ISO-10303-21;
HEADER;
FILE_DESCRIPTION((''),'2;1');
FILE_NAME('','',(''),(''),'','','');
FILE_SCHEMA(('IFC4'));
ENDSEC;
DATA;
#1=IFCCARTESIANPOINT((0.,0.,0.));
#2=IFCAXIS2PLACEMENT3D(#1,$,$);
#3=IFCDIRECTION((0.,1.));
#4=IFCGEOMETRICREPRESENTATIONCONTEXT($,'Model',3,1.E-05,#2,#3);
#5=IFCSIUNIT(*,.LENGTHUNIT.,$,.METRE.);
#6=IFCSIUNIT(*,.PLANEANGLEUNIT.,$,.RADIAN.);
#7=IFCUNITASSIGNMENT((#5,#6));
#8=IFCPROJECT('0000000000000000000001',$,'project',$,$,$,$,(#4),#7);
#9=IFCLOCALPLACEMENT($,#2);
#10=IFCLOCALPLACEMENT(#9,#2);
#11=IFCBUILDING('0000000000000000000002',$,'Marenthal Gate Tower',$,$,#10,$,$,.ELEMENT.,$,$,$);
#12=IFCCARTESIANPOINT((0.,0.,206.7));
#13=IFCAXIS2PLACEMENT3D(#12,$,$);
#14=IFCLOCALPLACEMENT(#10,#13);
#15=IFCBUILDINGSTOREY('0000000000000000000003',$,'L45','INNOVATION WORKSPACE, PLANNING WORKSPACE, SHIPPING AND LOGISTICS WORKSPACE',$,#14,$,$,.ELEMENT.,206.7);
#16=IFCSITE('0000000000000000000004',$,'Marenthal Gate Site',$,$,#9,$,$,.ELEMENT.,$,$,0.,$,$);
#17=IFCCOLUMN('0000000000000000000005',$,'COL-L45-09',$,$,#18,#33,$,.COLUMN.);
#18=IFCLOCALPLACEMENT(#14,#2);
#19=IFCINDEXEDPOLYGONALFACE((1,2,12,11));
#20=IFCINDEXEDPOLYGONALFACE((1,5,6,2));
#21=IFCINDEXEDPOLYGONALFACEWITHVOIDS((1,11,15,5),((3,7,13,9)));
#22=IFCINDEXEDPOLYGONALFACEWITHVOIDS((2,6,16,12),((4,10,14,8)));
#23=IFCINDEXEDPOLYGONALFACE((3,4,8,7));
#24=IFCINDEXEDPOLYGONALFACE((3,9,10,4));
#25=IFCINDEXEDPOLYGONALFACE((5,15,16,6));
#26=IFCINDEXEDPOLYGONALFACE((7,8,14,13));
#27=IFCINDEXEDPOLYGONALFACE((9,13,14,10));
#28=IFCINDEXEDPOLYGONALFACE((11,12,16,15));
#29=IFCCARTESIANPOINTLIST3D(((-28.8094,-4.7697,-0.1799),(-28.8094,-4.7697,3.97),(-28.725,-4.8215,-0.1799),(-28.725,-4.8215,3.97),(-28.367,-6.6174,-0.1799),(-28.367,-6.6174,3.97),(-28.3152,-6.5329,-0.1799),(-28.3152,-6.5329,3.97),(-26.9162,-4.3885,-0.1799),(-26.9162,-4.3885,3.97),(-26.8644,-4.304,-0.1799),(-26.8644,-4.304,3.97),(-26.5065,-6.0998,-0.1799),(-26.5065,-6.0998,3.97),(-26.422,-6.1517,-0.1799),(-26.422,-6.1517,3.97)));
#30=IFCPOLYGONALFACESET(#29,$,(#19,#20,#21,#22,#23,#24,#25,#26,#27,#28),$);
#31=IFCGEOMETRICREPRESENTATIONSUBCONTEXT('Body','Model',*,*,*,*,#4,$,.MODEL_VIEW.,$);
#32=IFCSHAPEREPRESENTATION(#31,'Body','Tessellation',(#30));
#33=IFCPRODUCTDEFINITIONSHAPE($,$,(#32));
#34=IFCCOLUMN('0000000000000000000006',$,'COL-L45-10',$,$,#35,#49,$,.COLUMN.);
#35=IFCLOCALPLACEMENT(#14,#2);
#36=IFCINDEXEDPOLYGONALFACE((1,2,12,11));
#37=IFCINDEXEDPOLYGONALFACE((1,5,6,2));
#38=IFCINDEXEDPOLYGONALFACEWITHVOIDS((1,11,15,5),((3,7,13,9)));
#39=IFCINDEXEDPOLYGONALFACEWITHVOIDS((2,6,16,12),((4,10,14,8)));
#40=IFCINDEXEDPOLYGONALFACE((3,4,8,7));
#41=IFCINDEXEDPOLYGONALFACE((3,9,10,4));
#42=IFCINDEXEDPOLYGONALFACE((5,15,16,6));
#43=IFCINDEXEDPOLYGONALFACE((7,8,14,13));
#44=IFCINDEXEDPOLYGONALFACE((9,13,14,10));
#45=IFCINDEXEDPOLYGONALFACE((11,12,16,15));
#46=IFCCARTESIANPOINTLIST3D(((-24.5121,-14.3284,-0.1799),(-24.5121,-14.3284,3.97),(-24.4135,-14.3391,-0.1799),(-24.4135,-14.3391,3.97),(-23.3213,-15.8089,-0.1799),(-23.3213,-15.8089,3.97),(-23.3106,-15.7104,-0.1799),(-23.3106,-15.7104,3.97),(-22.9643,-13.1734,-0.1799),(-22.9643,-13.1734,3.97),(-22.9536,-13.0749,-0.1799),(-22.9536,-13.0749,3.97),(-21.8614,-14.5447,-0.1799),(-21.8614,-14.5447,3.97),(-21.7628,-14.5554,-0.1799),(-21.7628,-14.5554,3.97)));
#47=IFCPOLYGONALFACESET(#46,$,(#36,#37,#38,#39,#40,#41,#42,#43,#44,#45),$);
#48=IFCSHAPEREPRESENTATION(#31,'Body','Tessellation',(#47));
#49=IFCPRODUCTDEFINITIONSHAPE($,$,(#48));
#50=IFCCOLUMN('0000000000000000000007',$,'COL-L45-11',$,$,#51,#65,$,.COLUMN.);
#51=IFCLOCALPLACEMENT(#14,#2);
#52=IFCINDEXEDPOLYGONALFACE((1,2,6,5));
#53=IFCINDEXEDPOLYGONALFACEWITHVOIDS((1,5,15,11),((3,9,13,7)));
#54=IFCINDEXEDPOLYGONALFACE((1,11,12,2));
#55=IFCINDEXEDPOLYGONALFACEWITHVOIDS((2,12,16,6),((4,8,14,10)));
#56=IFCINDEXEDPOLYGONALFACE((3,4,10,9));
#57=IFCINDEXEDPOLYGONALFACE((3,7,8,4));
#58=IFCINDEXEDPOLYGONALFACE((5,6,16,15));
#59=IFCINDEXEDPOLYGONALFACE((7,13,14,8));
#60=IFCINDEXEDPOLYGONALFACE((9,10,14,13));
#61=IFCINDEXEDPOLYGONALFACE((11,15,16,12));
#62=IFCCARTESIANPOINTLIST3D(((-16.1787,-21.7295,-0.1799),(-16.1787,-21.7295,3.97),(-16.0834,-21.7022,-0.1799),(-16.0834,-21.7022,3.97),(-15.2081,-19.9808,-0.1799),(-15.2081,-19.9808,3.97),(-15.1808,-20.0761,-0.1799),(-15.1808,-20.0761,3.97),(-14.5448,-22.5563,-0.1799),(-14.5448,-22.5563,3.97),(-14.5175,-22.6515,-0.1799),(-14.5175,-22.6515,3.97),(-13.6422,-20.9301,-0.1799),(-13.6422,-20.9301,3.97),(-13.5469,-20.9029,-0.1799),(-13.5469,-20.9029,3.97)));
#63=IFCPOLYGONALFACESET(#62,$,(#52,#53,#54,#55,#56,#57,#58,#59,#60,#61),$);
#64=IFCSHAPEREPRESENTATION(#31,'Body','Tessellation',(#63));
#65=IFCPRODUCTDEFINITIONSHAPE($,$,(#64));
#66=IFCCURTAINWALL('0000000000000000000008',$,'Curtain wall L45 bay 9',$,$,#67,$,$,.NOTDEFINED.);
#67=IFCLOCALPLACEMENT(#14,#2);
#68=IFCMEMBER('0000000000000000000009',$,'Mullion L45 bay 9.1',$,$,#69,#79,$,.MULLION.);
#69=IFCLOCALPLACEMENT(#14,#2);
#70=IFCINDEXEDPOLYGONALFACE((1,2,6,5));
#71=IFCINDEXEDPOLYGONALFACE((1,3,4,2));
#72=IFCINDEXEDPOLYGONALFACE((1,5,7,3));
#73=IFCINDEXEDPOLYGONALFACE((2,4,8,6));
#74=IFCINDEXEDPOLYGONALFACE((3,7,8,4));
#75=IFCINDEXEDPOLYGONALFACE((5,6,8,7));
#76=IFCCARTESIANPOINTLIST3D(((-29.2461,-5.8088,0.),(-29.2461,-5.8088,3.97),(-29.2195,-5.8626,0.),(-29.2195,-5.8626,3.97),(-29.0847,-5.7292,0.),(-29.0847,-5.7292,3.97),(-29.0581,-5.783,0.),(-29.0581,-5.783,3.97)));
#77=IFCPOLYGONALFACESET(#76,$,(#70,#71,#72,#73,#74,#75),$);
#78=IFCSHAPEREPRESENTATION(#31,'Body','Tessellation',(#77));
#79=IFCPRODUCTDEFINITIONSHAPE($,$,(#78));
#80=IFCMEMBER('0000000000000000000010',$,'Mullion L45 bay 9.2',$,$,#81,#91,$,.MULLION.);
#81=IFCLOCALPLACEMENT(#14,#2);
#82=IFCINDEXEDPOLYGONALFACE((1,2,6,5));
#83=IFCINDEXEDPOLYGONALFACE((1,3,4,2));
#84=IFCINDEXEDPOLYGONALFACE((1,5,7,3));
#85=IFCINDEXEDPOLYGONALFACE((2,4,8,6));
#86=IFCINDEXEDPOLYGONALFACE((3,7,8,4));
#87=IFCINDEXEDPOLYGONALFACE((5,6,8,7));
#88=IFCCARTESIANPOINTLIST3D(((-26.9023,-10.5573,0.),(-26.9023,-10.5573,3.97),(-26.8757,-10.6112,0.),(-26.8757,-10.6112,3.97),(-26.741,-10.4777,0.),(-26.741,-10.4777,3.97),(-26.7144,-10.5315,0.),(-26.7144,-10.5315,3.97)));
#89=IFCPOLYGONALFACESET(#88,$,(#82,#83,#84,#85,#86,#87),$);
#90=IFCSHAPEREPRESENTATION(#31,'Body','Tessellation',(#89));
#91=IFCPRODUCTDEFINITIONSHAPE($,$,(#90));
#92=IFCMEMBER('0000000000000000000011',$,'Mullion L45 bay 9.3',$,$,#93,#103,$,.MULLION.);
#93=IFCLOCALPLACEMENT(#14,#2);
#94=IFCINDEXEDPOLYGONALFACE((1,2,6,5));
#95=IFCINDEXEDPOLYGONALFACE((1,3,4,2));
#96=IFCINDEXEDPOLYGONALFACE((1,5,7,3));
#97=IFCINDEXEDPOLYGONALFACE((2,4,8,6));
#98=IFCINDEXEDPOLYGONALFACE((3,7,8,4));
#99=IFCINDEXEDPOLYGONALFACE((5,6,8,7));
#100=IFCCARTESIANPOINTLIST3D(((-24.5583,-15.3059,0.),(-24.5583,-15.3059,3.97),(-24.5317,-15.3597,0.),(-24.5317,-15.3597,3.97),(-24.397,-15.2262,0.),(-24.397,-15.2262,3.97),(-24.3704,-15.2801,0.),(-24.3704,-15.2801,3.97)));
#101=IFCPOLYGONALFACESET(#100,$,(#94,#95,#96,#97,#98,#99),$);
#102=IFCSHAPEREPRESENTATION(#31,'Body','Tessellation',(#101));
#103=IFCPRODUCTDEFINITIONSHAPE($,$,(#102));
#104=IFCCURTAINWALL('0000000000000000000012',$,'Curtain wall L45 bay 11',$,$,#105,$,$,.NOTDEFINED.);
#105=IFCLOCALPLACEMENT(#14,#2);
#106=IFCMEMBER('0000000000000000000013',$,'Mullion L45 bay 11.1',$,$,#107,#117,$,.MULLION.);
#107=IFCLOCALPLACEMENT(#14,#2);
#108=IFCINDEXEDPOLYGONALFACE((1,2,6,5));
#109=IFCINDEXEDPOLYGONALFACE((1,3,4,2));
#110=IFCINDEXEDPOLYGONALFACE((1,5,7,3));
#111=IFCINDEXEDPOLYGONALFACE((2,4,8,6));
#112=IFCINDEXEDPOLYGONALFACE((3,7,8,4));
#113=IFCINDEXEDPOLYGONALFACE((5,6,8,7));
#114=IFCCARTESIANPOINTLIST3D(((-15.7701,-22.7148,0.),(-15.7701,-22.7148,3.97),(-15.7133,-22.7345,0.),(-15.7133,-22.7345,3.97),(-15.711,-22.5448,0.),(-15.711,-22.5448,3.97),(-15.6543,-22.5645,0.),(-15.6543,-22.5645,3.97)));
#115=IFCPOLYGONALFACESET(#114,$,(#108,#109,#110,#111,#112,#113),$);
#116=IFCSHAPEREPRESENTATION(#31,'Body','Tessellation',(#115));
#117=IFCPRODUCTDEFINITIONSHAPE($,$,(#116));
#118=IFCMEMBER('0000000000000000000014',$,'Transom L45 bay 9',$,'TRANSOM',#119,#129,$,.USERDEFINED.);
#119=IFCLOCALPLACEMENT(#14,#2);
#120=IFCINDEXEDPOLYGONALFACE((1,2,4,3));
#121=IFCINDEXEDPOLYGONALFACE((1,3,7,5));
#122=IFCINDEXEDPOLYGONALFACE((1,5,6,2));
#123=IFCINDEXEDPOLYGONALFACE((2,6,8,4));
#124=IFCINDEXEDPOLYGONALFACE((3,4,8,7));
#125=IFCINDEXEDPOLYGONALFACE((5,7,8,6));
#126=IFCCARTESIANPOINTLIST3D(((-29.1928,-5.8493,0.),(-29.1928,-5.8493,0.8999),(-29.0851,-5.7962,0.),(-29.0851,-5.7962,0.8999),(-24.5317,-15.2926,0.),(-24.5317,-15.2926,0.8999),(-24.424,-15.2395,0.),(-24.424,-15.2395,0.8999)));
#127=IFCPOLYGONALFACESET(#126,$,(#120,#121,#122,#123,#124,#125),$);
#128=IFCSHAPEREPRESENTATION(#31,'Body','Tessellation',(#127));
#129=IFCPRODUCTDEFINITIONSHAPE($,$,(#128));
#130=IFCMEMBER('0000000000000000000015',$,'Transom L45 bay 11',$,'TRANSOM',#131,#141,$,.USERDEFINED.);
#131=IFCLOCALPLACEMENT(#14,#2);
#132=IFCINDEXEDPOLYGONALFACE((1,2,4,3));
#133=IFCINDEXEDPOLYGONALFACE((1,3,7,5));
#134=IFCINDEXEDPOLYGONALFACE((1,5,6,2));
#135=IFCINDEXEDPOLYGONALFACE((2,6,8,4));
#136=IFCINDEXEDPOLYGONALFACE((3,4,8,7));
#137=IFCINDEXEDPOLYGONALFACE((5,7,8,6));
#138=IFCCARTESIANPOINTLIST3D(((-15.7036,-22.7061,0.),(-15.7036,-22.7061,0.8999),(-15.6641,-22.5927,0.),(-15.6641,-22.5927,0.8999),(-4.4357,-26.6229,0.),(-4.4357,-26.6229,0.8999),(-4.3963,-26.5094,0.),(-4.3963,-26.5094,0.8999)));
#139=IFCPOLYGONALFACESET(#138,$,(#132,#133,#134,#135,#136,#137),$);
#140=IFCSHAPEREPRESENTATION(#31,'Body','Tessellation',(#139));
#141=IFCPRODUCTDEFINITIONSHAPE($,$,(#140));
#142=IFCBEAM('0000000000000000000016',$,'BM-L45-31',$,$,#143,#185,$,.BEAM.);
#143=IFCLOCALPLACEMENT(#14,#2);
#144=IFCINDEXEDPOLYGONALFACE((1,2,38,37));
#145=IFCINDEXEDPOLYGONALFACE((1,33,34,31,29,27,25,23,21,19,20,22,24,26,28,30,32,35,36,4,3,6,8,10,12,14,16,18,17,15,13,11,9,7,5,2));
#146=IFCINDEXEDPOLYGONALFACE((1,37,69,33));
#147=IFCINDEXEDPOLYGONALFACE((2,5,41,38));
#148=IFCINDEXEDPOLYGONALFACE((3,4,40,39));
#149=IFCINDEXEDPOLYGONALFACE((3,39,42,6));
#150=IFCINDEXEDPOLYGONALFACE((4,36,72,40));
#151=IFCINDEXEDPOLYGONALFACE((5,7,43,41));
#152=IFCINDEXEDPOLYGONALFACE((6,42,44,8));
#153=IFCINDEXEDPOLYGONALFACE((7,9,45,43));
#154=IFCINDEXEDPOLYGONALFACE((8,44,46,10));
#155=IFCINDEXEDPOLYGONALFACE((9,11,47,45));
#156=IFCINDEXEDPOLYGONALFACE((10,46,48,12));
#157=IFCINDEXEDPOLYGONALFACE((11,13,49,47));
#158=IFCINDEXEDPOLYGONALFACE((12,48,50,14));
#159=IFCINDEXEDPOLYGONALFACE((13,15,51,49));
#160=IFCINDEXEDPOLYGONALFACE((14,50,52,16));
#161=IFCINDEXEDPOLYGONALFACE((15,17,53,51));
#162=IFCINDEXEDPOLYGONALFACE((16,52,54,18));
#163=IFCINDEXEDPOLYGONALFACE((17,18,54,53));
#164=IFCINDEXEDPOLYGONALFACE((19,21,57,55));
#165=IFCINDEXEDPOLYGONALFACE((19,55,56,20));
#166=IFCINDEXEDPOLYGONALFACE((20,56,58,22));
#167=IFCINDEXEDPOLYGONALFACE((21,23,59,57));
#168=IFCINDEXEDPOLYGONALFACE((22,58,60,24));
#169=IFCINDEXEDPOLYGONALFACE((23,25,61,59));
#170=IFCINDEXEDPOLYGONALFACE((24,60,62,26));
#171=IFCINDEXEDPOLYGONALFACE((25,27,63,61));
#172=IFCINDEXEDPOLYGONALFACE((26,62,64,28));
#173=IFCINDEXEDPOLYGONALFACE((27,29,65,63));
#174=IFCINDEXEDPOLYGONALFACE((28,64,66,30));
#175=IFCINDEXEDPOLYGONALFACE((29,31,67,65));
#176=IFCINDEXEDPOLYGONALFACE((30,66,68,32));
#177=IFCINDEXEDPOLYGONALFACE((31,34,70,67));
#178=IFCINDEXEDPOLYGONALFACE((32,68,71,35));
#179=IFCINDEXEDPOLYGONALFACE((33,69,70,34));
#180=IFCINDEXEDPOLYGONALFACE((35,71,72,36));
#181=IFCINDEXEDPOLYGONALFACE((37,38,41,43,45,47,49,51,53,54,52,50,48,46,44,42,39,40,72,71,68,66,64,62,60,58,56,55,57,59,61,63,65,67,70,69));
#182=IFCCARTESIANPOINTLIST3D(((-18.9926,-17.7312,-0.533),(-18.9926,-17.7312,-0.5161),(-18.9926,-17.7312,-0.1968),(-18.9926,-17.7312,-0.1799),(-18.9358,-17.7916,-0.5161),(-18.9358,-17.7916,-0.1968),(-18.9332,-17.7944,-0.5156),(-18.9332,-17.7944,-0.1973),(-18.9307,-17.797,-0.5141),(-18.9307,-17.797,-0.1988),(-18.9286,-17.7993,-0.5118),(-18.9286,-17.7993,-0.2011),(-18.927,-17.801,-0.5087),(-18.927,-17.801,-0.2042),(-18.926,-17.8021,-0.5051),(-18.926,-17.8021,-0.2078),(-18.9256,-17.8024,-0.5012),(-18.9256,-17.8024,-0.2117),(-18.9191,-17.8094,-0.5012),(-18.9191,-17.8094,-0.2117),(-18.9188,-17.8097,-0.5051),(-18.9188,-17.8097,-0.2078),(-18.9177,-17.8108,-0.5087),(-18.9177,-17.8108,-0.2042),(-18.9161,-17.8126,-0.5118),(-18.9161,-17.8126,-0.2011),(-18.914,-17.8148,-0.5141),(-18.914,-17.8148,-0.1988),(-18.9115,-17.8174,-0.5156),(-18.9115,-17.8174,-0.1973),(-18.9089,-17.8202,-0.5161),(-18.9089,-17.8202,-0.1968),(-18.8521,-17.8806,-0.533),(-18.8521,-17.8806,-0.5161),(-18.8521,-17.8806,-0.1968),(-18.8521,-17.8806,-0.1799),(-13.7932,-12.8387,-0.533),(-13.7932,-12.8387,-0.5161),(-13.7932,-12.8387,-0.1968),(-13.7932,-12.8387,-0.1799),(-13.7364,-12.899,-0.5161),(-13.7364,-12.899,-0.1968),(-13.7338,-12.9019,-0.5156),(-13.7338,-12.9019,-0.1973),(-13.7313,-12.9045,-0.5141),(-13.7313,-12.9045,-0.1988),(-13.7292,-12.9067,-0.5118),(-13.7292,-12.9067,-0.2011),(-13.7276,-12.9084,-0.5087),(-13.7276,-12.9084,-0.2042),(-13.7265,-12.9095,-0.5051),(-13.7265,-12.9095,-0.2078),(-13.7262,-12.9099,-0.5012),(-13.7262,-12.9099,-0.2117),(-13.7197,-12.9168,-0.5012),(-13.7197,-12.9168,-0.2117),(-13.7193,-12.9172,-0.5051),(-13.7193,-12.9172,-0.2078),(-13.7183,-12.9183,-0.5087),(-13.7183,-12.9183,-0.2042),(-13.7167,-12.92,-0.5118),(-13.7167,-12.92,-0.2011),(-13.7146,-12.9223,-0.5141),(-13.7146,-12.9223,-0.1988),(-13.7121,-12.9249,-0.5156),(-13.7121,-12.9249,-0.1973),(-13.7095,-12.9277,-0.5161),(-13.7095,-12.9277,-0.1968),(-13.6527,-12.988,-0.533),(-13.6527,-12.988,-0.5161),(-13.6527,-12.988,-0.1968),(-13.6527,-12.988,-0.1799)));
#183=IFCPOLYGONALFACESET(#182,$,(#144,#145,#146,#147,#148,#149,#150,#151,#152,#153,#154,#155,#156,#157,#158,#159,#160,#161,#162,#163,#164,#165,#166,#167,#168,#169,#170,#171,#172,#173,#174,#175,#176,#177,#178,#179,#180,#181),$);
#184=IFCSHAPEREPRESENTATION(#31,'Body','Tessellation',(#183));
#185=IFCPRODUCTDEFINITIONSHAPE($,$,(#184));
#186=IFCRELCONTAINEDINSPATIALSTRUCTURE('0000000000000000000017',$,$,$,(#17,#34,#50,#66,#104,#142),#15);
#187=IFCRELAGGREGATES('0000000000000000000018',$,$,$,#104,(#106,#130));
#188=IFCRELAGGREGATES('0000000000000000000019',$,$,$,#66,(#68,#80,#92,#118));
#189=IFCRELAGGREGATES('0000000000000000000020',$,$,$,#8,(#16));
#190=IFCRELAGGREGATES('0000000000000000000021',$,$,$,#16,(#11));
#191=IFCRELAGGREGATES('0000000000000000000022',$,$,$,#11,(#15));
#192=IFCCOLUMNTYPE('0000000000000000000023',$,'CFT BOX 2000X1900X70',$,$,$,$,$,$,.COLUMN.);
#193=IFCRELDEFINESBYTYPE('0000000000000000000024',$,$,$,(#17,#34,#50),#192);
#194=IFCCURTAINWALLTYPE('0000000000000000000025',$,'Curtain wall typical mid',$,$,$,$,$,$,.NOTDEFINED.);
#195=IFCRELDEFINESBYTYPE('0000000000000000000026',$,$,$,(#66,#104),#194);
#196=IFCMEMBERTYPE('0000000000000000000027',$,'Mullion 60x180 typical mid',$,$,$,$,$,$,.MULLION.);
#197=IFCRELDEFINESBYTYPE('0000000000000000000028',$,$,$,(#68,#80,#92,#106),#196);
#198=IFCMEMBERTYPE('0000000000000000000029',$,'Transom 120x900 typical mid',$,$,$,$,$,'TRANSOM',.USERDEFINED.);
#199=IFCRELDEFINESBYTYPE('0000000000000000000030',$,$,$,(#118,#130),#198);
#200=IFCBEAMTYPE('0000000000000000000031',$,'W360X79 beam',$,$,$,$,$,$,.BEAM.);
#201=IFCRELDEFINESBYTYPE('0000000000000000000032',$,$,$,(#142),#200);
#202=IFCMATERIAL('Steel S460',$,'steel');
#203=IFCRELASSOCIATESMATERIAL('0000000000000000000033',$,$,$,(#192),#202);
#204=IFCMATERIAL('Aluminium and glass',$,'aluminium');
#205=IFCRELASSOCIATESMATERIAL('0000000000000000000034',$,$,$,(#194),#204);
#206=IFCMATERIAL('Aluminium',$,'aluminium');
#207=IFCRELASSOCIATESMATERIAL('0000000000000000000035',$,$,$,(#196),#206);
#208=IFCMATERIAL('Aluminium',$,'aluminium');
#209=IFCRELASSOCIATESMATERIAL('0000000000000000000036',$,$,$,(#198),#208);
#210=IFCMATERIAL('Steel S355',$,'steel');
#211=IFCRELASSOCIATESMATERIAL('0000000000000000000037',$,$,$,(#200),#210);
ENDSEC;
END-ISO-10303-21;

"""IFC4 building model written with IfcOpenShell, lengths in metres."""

from ifc_helpers import new_model, si_unit, direction, frame, origin, origin_2d, place, context, subcontext, project, spatial, rectangle, hollow_rectangle, i_section, extrude, material, material_profile, profile_set, type_object, element, aggregate, save


model = new_model("IFC4")

# Units and contexts
model_context = context("Model", 3, precision=1e-05, world=origin(), true_north=direction((0.0, 1.0)))
body_context = subcontext(model_context, "Body", "Model", "MODEL_VIEW")
ifc_project = project(units=[si_unit("LENGTHUNIT", "METRE"), si_unit("PLANEANGLEUNIT", "RADIAN")], contexts=[model_context])

# Site, building, storey
site_placement = place(None, origin())
site = spatial("IfcSite", under=ifc_project, at=site_placement, Name="Marenthal Gate Site", CompositionType="ELEMENT", RefElevation=0.0)
building_placement = place(site_placement, origin())
building = spatial("IfcBuilding", under=site, at=building_placement, Name="Marenthal Gate Tower", CompositionType="ELEMENT")
storey_placement = place(building_placement, frame((0.0, 0.0, 206.7)))
storey = spatial("IfcBuildingStorey", under=building, at=storey_placement, Name="L45", Description="INNOVATION WORKSPACE, PLANNING WORKSPACE, SHIPPING AND LOGISTICS WORKSPACE", CompositionType="ELEMENT", Elevation=206.7)

# Columns
ifc_material_1 = material(Name="Steel S460", Category="steel")
ifc_material_profile_1 = material_profile(ifc_material_1, hollow_rectangle(XDim=1.8999, YDim=2.0, WallThickness=0.0701, at=origin_2d()), Name="CFT BOX 2000X1900X70")
ifc_material_2 = material(Name="Concrete 70 MPa", Category="concrete")
ifc_material_profile_2 = material_profile(ifc_material_2, rectangle(XDim=1.76, YDim=1.8601, at=origin_2d()), Name="CFT BOX 2000X1900X70 INFILL")
ifc_profile_set_1 = profile_set([ifc_material_profile_1, ifc_material_profile_2], Name="Steel S460 shell, Concrete 70 MPa infill")
column_type = type_object("IfcColumnType", Name="CFT BOX 2000X1900X70", PredefinedType="COLUMN", material=ifc_profile_set_1)
for number, where, z_axis, x_axis, name in (
    (1, (-27.6157, -5.4607, -0.1799), (0.0, 0.0, 1.0), (-0.232863, 0.972509, 0.0), "COL-L45-09"),
    (2, (-23.1375, -14.4419, -0.1799), (0.0, 0.0, 1.0), (-0.626752, 0.779219, 0.0), "COL-L45-10"),
    (3, (-14.8628, -21.3162, -0.1799), (0.0, 0.0, 1.0), (-0.874337, 0.485319, 0.0), "COL-L45-11"),
):
    element("IfcColumn", number, at=place(storey_placement, frame(where, z_axis=z_axis, x_axis=x_axis)), inside=storey, type_object=column_type, Name=name, PredefinedType="COLUMN", context=body_context, shape_type="SweptSolid", body=[
        extrude(hollow_rectangle(XDim=1.8999, YDim=2.0, WallThickness=0.0701, at=origin_2d()), origin(), (0.0, 0.0, 1.0), 4.1499),
    ])

# Curtain wall, members
ifc_material_3 = material(Name="Aluminium and glass", Category="aluminium")
curtain_wall_type = type_object("IfcCurtainWallType", Name="Curtain wall typical mid", PredefinedType="NOTDEFINED", material=ifc_material_3)
curtain_wall_1_placement = place(storey_placement, origin())
curtain_wall_1 = element("IfcCurtainWall", 4, at=curtain_wall_1_placement, inside=storey, type_object=curtain_wall_type, Name="Curtain wall L45 bay 9", PredefinedType="NOTDEFINED")
ifc_material_4 = material(Name="Aluminium", Category="aluminium")
ifc_material_profile_3 = material_profile(ifc_material_4, rectangle(XDim=0.1799, YDim=0.0601, at=origin_2d()), Name="60x180 aluminium mullion")
ifc_profile_set_2 = profile_set([ifc_material_profile_3], Name="Aluminium")
member_type_1 = type_object("IfcMemberType", Name="Mullion 60x180 typical mid", PredefinedType="MULLION", material=ifc_profile_set_2)
member_1_placement = place(storey_placement, frame((-29.1521, -5.7959, 0.0), z_axis=(0.0, 0.0, 1.0), x_axis=(0.896716, 0.442607, 0.0)))
member_1 = element("IfcMember", 5, at=member_1_placement, type_object=member_type_1, Name="Mullion L45 bay 9.1", PredefinedType="MULLION", context=body_context, shape_type="SweptSolid", body=[
    extrude(rectangle(XDim=0.1799, YDim=0.0601, at=origin_2d()), origin(), (0.0, 0.0, 1.0), 3.97),
])
member_2_placement = place(storey_placement, frame((-26.8083, -10.5444, 0.0), z_axis=(0.0, 0.0, 1.0), x_axis=(0.896716, 0.442607, 0.0)))
member_2 = element("IfcMember", 6, at=member_2_placement, type_object=member_type_1, Name="Mullion L45 bay 9.2", PredefinedType="MULLION", context=body_context, shape_type="SweptSolid", body=[
    extrude(rectangle(XDim=0.1799, YDim=0.0601, at=origin_2d()), origin(), (0.0, 0.0, 1.0), 3.97),
])
member_3_placement = place(storey_placement, frame((-24.4644, -15.293, 0.0), z_axis=(0.0, 0.0, 1.0), x_axis=(0.896716, 0.442607, 0.0)))
member_3 = element("IfcMember", 7, at=member_3_placement, type_object=member_type_1, Name="Mullion L45 bay 9.3", PredefinedType="MULLION", context=body_context, shape_type="SweptSolid", body=[
    extrude(rectangle(XDim=0.1799, YDim=0.0601, at=origin_2d()), origin(), (0.0, 0.0, 1.0), 3.97),
])

# Curtain wall, member
curtain_wall_2_placement = place(storey_placement, origin())
curtain_wall_2 = element("IfcCurtainWall", 8, at=curtain_wall_2_placement, inside=storey, type_object=curtain_wall_type, Name="Curtain wall L45 bay 11", PredefinedType="NOTDEFINED")
member_4_placement = place(storey_placement, frame((-15.7122, -22.6396, 0.0), z_axis=(0.0, 0.0, 1.0), x_axis=(0.328332, 0.944562, 0.0)))
member_4 = element("IfcMember", 9, at=member_4_placement, type_object=member_type_1, Name="Mullion L45 bay 11.1", PredefinedType="MULLION", context=body_context, shape_type="SweptSolid", body=[
    extrude(rectangle(XDim=0.1799, YDim=0.0601, at=origin_2d()), origin(), (0.0, 0.0, 1.0), 3.97),
])

# Members
ifc_material_5 = material(Name="Aluminium", Category="aluminium")
ifc_material_profile_4 = material_profile(ifc_material_5, rectangle(XDim=0.1201, YDim=0.8999, at=origin_2d()), Name="120x900 aluminium transom")
ifc_profile_set_3 = profile_set([ifc_material_profile_4], Name="Aluminium")
member_type_2 = type_object("IfcMemberType", Name="Transom 120x900 typical mid", ElementType="TRANSOM", PredefinedType="USERDEFINED", material=ifc_profile_set_3)
member_5_placement = place(storey_placement, frame((-29.1389, -5.8228, 0.45), z_axis=(0.442608, -0.896715, 0.0), x_axis=(0.896715, 0.442608, 0.0)))
member_5 = element("IfcMember", 10, at=member_5_placement, type_object=member_type_2, Name="Transom L45 bay 9", ObjectType="TRANSOM", PredefinedType="USERDEFINED", context=body_context, shape_type="SweptSolid", body=[
    extrude(rectangle(XDim=0.1201, YDim=0.8999, at=origin_2d()), origin(), (0.0, 0.0, 1.0), 10.531),
])
member_6_placement = place(storey_placement, frame((-15.6838, -22.6494, 0.45), z_axis=(0.944562, -0.328334, 0.0), x_axis=(0.328334, 0.944562, 0.0)))
member_6 = element("IfcMember", 11, at=member_6_placement, type_object=member_type_2, Name="Transom L45 bay 11", ObjectType="TRANSOM", PredefinedType="USERDEFINED", context=body_context, shape_type="SweptSolid", body=[
    extrude(rectangle(XDim=0.1201, YDim=0.8999, at=origin_2d()), origin(), (0.0, 0.0, 1.0), 11.9292),
])
aggregate(curtain_wall_2, [member_4, member_6])

# Beam
ifc_material_6 = material(Name="Steel S355", Category="steel")
ifc_material_profile_5 = material_profile(ifc_material_6, i_section(OverallWidth=0.2051, OverallDepth=0.353, WebThickness=0.0095, FlangeThickness=0.0168, FilletRadius=0.0149, at=origin_2d()), Name="W360X79")
ifc_profile_set_4 = profile_set([ifc_material_profile_5], Name="Steel S355")
beam_type_1 = type_object("IfcBeamType", Name="W360X79 beam", PredefinedType="BEAM", material=ifc_profile_set_4)
beam_1_placement = place(storey_placement, frame((-18.9224, -17.8059, -0.3564), z_axis=(0.728272, 0.685288, 0.0), x_axis=(-0.685288, 0.728272, 0.0)))
element("IfcBeam", 12, at=beam_1_placement, inside=storey, type_object=beam_type_1, Name="BM-L45-31", PredefinedType="BEAM", context=body_context, shape_type="SweptSolid", body=[
    extrude(i_section(OverallWidth=0.2051, OverallDepth=0.353, WebThickness=0.0095, FlangeThickness=0.0168, FilletRadius=0.0149, at=origin_2d()), origin(), (0.0, 0.0, 1.0), 7.1394),
])

aggregate(curtain_wall_1, [member_1, member_2, member_3, member_5])

save(model, "model.ifc")
